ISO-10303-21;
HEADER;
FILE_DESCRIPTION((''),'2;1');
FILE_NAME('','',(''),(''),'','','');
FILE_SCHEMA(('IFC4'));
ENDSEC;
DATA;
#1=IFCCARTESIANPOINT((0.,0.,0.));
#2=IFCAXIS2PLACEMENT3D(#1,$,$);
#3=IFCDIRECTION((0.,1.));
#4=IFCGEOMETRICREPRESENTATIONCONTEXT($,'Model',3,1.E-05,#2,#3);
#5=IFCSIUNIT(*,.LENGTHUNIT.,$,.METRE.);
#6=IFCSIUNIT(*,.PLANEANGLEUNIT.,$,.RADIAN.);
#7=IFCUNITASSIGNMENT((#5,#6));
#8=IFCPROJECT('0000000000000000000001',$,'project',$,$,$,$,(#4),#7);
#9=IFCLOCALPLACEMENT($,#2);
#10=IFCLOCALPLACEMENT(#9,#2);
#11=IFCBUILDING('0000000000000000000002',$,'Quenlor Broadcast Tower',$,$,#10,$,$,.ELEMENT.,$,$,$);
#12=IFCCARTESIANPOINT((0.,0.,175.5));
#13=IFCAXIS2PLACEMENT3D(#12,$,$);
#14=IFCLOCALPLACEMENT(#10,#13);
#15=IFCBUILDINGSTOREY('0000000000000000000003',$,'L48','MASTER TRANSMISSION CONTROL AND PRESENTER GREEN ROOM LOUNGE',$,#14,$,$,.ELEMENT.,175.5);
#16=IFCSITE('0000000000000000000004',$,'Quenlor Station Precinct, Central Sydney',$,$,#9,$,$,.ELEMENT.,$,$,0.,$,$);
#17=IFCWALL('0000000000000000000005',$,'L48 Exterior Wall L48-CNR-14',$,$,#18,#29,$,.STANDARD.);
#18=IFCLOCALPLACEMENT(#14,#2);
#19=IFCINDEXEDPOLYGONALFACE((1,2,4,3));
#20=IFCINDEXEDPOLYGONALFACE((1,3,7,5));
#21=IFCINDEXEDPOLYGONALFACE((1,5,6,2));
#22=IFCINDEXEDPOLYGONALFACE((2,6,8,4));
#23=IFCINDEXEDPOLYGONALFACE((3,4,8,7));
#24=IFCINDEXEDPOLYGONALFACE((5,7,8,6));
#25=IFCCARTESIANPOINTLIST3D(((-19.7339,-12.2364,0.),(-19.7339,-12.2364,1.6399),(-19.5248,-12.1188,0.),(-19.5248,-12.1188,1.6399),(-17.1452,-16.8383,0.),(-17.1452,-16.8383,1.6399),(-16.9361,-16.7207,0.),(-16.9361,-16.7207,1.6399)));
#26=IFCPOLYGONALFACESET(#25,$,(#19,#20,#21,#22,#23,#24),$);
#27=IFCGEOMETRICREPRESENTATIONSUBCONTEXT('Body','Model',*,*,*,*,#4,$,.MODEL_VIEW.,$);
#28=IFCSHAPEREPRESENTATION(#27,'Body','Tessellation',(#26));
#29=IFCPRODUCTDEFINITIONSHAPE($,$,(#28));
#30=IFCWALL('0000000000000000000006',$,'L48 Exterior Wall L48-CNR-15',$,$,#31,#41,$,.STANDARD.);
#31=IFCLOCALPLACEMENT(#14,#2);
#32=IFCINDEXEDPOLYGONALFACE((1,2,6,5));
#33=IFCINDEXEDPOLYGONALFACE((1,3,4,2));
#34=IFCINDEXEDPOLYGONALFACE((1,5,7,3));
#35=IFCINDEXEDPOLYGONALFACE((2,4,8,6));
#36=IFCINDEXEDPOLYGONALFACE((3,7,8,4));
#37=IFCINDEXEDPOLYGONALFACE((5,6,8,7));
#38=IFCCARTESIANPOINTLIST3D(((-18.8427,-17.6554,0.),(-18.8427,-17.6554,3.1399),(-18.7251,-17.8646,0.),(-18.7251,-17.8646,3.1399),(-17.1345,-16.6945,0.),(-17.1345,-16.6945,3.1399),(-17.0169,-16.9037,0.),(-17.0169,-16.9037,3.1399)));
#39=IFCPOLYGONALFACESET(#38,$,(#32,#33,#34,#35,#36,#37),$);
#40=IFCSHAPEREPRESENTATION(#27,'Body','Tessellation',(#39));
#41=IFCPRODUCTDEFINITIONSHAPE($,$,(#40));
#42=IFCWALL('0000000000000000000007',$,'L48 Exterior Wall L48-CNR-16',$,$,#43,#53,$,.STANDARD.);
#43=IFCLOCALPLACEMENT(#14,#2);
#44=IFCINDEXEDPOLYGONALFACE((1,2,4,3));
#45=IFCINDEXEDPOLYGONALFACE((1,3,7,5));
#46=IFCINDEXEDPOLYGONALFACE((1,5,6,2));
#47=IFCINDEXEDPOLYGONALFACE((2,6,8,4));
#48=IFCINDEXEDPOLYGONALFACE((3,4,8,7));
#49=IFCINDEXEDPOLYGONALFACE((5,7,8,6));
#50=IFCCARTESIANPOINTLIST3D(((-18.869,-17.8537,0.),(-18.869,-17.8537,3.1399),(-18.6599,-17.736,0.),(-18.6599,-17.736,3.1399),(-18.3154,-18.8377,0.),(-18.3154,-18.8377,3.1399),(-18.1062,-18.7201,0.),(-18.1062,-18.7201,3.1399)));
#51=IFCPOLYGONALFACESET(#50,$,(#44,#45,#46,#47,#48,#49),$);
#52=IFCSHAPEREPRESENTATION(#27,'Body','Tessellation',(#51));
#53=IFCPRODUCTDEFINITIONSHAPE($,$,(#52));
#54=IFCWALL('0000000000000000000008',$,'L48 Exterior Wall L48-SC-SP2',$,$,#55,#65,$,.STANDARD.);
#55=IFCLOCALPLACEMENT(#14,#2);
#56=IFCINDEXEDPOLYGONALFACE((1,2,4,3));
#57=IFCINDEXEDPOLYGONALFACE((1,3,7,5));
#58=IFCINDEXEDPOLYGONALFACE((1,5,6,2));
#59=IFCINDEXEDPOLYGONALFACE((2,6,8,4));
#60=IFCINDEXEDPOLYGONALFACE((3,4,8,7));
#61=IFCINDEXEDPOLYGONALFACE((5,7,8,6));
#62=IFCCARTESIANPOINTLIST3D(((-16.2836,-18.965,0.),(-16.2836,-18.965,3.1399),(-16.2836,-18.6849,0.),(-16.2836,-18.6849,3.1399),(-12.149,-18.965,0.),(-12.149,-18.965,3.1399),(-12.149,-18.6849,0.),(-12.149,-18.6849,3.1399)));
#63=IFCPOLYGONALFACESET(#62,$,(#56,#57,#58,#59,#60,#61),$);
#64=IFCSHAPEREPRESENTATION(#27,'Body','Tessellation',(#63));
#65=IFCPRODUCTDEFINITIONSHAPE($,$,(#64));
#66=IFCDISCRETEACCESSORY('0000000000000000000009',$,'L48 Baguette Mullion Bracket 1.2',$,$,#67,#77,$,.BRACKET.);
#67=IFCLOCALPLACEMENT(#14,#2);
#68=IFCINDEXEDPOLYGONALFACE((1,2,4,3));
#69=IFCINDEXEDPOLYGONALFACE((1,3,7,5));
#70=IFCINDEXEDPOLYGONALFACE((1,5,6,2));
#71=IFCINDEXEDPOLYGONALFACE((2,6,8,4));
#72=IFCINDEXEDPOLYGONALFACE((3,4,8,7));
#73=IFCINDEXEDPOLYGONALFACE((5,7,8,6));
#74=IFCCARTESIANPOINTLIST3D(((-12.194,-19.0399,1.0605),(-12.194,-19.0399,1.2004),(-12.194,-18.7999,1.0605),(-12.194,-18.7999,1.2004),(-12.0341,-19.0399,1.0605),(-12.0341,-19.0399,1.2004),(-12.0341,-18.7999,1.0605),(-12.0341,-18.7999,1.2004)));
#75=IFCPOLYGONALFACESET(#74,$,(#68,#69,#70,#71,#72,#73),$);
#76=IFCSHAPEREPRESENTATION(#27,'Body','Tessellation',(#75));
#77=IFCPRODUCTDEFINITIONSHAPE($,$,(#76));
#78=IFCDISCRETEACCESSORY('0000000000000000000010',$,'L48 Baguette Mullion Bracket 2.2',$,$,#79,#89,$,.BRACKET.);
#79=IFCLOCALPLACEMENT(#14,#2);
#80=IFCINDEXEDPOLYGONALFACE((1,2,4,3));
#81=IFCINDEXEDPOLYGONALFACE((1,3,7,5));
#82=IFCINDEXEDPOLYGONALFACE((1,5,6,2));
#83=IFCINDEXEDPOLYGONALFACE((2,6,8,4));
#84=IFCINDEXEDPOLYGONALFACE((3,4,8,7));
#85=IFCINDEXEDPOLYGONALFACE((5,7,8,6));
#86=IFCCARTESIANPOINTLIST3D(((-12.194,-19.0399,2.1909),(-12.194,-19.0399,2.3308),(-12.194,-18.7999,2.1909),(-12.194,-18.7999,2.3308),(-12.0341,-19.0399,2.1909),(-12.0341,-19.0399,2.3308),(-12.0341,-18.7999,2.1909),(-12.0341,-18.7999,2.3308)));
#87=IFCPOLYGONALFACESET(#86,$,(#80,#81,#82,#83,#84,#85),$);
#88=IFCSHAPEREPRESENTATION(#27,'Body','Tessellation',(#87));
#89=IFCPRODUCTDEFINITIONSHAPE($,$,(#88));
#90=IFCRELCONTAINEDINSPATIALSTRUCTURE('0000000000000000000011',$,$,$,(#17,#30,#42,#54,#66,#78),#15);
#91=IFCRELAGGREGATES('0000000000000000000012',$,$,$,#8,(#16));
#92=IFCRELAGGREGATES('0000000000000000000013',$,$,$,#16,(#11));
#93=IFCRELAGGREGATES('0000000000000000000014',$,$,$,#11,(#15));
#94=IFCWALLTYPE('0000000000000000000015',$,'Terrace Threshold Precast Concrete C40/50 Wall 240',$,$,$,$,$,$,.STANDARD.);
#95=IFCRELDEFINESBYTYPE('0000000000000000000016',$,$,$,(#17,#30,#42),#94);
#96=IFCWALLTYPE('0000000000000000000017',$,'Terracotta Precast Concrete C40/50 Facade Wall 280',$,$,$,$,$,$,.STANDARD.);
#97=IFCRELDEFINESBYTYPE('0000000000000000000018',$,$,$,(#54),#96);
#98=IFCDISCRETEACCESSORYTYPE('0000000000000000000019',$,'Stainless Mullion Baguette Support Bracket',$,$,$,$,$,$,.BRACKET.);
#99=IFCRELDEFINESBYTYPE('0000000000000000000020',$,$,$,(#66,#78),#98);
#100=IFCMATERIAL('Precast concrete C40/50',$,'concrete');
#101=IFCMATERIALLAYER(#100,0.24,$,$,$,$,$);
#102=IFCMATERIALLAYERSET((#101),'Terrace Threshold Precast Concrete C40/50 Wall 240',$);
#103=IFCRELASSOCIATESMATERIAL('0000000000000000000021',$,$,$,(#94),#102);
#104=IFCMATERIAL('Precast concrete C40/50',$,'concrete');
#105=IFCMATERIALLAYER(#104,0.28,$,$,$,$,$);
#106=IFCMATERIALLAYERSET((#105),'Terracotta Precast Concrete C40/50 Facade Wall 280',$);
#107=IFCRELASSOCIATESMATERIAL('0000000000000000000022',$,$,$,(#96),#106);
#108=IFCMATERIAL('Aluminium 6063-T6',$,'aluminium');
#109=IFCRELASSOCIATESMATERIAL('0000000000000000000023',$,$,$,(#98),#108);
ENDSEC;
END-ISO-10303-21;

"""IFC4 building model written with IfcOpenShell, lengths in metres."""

from ifc_helpers import new_model, si_unit, direction, frame, frame_2d, origin, origin_2d, place, context, subcontext, project, spatial, rectangle, extrude, material, layer, layer_set, type_object, element, save


model = new_model("IFC4")

# Units and contexts
model_context = context("Model", 3, precision=1e-05, world=origin(), true_north=direction((0.0, 1.0)))
body_context = subcontext(model_context, "Body", "Model", "MODEL_VIEW")
ifc_project = project(units=[si_unit("LENGTHUNIT", "METRE"), si_unit("PLANEANGLEUNIT", "RADIAN")], contexts=[model_context])

# Site, building, storey
site_placement = place(None, origin())
site = spatial("IfcSite", under=ifc_project, at=site_placement, Name="Quenlor Station Precinct, Central Sydney", CompositionType="ELEMENT", RefElevation=0.0)
building_placement = place(site_placement, origin())
building = spatial("IfcBuilding", under=site, at=building_placement, Name="Quenlor Broadcast Tower", CompositionType="ELEMENT")
storey_placement = place(building_placement, frame((0.0, 0.0, 175.5)))
storey = spatial("IfcBuildingStorey", under=building, at=storey_placement, Name="L48", Description="MASTER TRANSMISSION CONTROL AND PRESENTER GREEN ROOM LOUNGE", CompositionType="ELEMENT", Elevation=175.5)

# Walls
ifc_material_1 = material(Name="Precast concrete C40/50", Category="concrete")
ifc_layer_1 = layer(ifc_material_1, 0.24)
ifc_layer_set_1 = layer_set([ifc_layer_1], Name="Terrace Threshold Precast Concrete C40/50 Wall 240")
wall_type_1 = type_object("IfcWallType", Name="Terrace Threshold Precast Concrete C40/50 Wall 240", PredefinedType="STANDARD", material=ifc_layer_set_1)
wall_1_placement = place(storey_placement, frame((-19.6294, -12.1775, 0.0), z_axis=(0.0, 0.0, 1.0), x_axis=(0.490277, -0.871567, 0.0)))
element("IfcWall", 1, at=wall_1_placement, inside=storey, type_object=wall_type_1, Name="L48 Exterior Wall L48-CNR-14", PredefinedType="STANDARD", context=body_context, shape_type="SweptSolid", body=[
    extrude(rectangle(XDim=5.28, YDim=0.24, at=frame_2d((2.6401, 0.0))), origin(), (0.0, 0.0, 1.0), 1.6399),
])
wall_2_placement = place(storey_placement, frame((-17.0757, -16.7991, 0.0), z_axis=(0.0, 0.0, 1.0), x_axis=(-0.871566, -0.490279, 0.0)))
element("IfcWall", 2, at=wall_2_placement, inside=storey, type_object=wall_type_1, Name="L48 Exterior Wall L48-CNR-15", PredefinedType="STANDARD", context=body_context, shape_type="SweptSolid", body=[
    extrude(rectangle(XDim=1.96, YDim=0.24, at=frame_2d((0.98, 0.0))), origin(), (0.0, 0.0, 1.0), 3.1399),
])
wall_3_placement = place(storey_placement, frame((-18.7644, -17.7949, 0.0), z_axis=(0.0, 0.0, 1.0), x_axis=(0.490354, -0.871524, 0.0)))
element("IfcWall", 3, at=wall_3_placement, inside=storey, type_object=wall_type_1, Name="L48 Exterior Wall L48-CNR-16", PredefinedType="STANDARD", context=body_context, shape_type="SweptSolid", body=[
    extrude(rectangle(XDim=1.1292, YDim=0.24, at=frame_2d((0.5645, 0.0))), origin(), (0.0, 0.0, 1.0), 3.1399),
])
ifc_material_2 = material(Name="Precast concrete C40/50", Category="concrete")
ifc_layer_2 = layer(ifc_material_2, 0.28)
ifc_layer_set_2 = layer_set([ifc_layer_2], Name="Terracotta Precast Concrete C40/50 Facade Wall 280")
wall_type_2 = type_object("IfcWallType", Name="Terracotta Precast Concrete C40/50 Facade Wall 280", PredefinedType="STANDARD", material=ifc_layer_set_2)
wall_4_placement = place(storey_placement, frame((-12.1489, -18.825, 0.0), z_axis=(0.0, 0.0, 1.0), x_axis=(-1.0, 0.0, 0.0)))
element("IfcWall", 4, at=wall_4_placement, inside=storey, type_object=wall_type_2, Name="L48 Exterior Wall L48-SC-SP2", PredefinedType="STANDARD", context=body_context, shape_type="SweptSolid", body=[
    extrude(rectangle(XDim=4.1345, YDim=0.28, at=frame_2d((2.0674, 0.0))), origin(), (0.0, 0.0, 1.0), 3.1399),
])

# Discrete accessories
ifc_material_3 = material(Name="Aluminium 6063-T6", Category="aluminium")
discrete_accessory_type = type_object("IfcDiscreteAccessoryType", Name="Stainless Mullion Baguette Support Bracket", PredefinedType="BRACKET", material=ifc_material_3)
for number, where, z_axis, x_axis, name in (
    (5, (-12.114, -18.9199, 1.0605), (0.0, 0.0, 1.0), (-1.0, 0.0, 0.0), "L48 Baguette Mullion Bracket 1.2"),
    (6, (-12.114, -18.9199, 2.1909), (0.0, 0.0, 1.0), (-1.0, 0.0, 0.0), "L48 Baguette Mullion Bracket 2.2"),
):
    element("IfcDiscreteAccessory", number, at=place(storey_placement, frame(where, z_axis=z_axis, x_axis=x_axis)), inside=storey, type_object=discrete_accessory_type, Name=name, PredefinedType="BRACKET", context=body_context, shape_type="SweptSolid", body=[
        extrude(rectangle(XDim=0.1599, YDim=0.24, at=origin_2d()), origin(), (0.0, 0.0, 1.0), 0.1399),
    ])

save(model, "model.ifc")
